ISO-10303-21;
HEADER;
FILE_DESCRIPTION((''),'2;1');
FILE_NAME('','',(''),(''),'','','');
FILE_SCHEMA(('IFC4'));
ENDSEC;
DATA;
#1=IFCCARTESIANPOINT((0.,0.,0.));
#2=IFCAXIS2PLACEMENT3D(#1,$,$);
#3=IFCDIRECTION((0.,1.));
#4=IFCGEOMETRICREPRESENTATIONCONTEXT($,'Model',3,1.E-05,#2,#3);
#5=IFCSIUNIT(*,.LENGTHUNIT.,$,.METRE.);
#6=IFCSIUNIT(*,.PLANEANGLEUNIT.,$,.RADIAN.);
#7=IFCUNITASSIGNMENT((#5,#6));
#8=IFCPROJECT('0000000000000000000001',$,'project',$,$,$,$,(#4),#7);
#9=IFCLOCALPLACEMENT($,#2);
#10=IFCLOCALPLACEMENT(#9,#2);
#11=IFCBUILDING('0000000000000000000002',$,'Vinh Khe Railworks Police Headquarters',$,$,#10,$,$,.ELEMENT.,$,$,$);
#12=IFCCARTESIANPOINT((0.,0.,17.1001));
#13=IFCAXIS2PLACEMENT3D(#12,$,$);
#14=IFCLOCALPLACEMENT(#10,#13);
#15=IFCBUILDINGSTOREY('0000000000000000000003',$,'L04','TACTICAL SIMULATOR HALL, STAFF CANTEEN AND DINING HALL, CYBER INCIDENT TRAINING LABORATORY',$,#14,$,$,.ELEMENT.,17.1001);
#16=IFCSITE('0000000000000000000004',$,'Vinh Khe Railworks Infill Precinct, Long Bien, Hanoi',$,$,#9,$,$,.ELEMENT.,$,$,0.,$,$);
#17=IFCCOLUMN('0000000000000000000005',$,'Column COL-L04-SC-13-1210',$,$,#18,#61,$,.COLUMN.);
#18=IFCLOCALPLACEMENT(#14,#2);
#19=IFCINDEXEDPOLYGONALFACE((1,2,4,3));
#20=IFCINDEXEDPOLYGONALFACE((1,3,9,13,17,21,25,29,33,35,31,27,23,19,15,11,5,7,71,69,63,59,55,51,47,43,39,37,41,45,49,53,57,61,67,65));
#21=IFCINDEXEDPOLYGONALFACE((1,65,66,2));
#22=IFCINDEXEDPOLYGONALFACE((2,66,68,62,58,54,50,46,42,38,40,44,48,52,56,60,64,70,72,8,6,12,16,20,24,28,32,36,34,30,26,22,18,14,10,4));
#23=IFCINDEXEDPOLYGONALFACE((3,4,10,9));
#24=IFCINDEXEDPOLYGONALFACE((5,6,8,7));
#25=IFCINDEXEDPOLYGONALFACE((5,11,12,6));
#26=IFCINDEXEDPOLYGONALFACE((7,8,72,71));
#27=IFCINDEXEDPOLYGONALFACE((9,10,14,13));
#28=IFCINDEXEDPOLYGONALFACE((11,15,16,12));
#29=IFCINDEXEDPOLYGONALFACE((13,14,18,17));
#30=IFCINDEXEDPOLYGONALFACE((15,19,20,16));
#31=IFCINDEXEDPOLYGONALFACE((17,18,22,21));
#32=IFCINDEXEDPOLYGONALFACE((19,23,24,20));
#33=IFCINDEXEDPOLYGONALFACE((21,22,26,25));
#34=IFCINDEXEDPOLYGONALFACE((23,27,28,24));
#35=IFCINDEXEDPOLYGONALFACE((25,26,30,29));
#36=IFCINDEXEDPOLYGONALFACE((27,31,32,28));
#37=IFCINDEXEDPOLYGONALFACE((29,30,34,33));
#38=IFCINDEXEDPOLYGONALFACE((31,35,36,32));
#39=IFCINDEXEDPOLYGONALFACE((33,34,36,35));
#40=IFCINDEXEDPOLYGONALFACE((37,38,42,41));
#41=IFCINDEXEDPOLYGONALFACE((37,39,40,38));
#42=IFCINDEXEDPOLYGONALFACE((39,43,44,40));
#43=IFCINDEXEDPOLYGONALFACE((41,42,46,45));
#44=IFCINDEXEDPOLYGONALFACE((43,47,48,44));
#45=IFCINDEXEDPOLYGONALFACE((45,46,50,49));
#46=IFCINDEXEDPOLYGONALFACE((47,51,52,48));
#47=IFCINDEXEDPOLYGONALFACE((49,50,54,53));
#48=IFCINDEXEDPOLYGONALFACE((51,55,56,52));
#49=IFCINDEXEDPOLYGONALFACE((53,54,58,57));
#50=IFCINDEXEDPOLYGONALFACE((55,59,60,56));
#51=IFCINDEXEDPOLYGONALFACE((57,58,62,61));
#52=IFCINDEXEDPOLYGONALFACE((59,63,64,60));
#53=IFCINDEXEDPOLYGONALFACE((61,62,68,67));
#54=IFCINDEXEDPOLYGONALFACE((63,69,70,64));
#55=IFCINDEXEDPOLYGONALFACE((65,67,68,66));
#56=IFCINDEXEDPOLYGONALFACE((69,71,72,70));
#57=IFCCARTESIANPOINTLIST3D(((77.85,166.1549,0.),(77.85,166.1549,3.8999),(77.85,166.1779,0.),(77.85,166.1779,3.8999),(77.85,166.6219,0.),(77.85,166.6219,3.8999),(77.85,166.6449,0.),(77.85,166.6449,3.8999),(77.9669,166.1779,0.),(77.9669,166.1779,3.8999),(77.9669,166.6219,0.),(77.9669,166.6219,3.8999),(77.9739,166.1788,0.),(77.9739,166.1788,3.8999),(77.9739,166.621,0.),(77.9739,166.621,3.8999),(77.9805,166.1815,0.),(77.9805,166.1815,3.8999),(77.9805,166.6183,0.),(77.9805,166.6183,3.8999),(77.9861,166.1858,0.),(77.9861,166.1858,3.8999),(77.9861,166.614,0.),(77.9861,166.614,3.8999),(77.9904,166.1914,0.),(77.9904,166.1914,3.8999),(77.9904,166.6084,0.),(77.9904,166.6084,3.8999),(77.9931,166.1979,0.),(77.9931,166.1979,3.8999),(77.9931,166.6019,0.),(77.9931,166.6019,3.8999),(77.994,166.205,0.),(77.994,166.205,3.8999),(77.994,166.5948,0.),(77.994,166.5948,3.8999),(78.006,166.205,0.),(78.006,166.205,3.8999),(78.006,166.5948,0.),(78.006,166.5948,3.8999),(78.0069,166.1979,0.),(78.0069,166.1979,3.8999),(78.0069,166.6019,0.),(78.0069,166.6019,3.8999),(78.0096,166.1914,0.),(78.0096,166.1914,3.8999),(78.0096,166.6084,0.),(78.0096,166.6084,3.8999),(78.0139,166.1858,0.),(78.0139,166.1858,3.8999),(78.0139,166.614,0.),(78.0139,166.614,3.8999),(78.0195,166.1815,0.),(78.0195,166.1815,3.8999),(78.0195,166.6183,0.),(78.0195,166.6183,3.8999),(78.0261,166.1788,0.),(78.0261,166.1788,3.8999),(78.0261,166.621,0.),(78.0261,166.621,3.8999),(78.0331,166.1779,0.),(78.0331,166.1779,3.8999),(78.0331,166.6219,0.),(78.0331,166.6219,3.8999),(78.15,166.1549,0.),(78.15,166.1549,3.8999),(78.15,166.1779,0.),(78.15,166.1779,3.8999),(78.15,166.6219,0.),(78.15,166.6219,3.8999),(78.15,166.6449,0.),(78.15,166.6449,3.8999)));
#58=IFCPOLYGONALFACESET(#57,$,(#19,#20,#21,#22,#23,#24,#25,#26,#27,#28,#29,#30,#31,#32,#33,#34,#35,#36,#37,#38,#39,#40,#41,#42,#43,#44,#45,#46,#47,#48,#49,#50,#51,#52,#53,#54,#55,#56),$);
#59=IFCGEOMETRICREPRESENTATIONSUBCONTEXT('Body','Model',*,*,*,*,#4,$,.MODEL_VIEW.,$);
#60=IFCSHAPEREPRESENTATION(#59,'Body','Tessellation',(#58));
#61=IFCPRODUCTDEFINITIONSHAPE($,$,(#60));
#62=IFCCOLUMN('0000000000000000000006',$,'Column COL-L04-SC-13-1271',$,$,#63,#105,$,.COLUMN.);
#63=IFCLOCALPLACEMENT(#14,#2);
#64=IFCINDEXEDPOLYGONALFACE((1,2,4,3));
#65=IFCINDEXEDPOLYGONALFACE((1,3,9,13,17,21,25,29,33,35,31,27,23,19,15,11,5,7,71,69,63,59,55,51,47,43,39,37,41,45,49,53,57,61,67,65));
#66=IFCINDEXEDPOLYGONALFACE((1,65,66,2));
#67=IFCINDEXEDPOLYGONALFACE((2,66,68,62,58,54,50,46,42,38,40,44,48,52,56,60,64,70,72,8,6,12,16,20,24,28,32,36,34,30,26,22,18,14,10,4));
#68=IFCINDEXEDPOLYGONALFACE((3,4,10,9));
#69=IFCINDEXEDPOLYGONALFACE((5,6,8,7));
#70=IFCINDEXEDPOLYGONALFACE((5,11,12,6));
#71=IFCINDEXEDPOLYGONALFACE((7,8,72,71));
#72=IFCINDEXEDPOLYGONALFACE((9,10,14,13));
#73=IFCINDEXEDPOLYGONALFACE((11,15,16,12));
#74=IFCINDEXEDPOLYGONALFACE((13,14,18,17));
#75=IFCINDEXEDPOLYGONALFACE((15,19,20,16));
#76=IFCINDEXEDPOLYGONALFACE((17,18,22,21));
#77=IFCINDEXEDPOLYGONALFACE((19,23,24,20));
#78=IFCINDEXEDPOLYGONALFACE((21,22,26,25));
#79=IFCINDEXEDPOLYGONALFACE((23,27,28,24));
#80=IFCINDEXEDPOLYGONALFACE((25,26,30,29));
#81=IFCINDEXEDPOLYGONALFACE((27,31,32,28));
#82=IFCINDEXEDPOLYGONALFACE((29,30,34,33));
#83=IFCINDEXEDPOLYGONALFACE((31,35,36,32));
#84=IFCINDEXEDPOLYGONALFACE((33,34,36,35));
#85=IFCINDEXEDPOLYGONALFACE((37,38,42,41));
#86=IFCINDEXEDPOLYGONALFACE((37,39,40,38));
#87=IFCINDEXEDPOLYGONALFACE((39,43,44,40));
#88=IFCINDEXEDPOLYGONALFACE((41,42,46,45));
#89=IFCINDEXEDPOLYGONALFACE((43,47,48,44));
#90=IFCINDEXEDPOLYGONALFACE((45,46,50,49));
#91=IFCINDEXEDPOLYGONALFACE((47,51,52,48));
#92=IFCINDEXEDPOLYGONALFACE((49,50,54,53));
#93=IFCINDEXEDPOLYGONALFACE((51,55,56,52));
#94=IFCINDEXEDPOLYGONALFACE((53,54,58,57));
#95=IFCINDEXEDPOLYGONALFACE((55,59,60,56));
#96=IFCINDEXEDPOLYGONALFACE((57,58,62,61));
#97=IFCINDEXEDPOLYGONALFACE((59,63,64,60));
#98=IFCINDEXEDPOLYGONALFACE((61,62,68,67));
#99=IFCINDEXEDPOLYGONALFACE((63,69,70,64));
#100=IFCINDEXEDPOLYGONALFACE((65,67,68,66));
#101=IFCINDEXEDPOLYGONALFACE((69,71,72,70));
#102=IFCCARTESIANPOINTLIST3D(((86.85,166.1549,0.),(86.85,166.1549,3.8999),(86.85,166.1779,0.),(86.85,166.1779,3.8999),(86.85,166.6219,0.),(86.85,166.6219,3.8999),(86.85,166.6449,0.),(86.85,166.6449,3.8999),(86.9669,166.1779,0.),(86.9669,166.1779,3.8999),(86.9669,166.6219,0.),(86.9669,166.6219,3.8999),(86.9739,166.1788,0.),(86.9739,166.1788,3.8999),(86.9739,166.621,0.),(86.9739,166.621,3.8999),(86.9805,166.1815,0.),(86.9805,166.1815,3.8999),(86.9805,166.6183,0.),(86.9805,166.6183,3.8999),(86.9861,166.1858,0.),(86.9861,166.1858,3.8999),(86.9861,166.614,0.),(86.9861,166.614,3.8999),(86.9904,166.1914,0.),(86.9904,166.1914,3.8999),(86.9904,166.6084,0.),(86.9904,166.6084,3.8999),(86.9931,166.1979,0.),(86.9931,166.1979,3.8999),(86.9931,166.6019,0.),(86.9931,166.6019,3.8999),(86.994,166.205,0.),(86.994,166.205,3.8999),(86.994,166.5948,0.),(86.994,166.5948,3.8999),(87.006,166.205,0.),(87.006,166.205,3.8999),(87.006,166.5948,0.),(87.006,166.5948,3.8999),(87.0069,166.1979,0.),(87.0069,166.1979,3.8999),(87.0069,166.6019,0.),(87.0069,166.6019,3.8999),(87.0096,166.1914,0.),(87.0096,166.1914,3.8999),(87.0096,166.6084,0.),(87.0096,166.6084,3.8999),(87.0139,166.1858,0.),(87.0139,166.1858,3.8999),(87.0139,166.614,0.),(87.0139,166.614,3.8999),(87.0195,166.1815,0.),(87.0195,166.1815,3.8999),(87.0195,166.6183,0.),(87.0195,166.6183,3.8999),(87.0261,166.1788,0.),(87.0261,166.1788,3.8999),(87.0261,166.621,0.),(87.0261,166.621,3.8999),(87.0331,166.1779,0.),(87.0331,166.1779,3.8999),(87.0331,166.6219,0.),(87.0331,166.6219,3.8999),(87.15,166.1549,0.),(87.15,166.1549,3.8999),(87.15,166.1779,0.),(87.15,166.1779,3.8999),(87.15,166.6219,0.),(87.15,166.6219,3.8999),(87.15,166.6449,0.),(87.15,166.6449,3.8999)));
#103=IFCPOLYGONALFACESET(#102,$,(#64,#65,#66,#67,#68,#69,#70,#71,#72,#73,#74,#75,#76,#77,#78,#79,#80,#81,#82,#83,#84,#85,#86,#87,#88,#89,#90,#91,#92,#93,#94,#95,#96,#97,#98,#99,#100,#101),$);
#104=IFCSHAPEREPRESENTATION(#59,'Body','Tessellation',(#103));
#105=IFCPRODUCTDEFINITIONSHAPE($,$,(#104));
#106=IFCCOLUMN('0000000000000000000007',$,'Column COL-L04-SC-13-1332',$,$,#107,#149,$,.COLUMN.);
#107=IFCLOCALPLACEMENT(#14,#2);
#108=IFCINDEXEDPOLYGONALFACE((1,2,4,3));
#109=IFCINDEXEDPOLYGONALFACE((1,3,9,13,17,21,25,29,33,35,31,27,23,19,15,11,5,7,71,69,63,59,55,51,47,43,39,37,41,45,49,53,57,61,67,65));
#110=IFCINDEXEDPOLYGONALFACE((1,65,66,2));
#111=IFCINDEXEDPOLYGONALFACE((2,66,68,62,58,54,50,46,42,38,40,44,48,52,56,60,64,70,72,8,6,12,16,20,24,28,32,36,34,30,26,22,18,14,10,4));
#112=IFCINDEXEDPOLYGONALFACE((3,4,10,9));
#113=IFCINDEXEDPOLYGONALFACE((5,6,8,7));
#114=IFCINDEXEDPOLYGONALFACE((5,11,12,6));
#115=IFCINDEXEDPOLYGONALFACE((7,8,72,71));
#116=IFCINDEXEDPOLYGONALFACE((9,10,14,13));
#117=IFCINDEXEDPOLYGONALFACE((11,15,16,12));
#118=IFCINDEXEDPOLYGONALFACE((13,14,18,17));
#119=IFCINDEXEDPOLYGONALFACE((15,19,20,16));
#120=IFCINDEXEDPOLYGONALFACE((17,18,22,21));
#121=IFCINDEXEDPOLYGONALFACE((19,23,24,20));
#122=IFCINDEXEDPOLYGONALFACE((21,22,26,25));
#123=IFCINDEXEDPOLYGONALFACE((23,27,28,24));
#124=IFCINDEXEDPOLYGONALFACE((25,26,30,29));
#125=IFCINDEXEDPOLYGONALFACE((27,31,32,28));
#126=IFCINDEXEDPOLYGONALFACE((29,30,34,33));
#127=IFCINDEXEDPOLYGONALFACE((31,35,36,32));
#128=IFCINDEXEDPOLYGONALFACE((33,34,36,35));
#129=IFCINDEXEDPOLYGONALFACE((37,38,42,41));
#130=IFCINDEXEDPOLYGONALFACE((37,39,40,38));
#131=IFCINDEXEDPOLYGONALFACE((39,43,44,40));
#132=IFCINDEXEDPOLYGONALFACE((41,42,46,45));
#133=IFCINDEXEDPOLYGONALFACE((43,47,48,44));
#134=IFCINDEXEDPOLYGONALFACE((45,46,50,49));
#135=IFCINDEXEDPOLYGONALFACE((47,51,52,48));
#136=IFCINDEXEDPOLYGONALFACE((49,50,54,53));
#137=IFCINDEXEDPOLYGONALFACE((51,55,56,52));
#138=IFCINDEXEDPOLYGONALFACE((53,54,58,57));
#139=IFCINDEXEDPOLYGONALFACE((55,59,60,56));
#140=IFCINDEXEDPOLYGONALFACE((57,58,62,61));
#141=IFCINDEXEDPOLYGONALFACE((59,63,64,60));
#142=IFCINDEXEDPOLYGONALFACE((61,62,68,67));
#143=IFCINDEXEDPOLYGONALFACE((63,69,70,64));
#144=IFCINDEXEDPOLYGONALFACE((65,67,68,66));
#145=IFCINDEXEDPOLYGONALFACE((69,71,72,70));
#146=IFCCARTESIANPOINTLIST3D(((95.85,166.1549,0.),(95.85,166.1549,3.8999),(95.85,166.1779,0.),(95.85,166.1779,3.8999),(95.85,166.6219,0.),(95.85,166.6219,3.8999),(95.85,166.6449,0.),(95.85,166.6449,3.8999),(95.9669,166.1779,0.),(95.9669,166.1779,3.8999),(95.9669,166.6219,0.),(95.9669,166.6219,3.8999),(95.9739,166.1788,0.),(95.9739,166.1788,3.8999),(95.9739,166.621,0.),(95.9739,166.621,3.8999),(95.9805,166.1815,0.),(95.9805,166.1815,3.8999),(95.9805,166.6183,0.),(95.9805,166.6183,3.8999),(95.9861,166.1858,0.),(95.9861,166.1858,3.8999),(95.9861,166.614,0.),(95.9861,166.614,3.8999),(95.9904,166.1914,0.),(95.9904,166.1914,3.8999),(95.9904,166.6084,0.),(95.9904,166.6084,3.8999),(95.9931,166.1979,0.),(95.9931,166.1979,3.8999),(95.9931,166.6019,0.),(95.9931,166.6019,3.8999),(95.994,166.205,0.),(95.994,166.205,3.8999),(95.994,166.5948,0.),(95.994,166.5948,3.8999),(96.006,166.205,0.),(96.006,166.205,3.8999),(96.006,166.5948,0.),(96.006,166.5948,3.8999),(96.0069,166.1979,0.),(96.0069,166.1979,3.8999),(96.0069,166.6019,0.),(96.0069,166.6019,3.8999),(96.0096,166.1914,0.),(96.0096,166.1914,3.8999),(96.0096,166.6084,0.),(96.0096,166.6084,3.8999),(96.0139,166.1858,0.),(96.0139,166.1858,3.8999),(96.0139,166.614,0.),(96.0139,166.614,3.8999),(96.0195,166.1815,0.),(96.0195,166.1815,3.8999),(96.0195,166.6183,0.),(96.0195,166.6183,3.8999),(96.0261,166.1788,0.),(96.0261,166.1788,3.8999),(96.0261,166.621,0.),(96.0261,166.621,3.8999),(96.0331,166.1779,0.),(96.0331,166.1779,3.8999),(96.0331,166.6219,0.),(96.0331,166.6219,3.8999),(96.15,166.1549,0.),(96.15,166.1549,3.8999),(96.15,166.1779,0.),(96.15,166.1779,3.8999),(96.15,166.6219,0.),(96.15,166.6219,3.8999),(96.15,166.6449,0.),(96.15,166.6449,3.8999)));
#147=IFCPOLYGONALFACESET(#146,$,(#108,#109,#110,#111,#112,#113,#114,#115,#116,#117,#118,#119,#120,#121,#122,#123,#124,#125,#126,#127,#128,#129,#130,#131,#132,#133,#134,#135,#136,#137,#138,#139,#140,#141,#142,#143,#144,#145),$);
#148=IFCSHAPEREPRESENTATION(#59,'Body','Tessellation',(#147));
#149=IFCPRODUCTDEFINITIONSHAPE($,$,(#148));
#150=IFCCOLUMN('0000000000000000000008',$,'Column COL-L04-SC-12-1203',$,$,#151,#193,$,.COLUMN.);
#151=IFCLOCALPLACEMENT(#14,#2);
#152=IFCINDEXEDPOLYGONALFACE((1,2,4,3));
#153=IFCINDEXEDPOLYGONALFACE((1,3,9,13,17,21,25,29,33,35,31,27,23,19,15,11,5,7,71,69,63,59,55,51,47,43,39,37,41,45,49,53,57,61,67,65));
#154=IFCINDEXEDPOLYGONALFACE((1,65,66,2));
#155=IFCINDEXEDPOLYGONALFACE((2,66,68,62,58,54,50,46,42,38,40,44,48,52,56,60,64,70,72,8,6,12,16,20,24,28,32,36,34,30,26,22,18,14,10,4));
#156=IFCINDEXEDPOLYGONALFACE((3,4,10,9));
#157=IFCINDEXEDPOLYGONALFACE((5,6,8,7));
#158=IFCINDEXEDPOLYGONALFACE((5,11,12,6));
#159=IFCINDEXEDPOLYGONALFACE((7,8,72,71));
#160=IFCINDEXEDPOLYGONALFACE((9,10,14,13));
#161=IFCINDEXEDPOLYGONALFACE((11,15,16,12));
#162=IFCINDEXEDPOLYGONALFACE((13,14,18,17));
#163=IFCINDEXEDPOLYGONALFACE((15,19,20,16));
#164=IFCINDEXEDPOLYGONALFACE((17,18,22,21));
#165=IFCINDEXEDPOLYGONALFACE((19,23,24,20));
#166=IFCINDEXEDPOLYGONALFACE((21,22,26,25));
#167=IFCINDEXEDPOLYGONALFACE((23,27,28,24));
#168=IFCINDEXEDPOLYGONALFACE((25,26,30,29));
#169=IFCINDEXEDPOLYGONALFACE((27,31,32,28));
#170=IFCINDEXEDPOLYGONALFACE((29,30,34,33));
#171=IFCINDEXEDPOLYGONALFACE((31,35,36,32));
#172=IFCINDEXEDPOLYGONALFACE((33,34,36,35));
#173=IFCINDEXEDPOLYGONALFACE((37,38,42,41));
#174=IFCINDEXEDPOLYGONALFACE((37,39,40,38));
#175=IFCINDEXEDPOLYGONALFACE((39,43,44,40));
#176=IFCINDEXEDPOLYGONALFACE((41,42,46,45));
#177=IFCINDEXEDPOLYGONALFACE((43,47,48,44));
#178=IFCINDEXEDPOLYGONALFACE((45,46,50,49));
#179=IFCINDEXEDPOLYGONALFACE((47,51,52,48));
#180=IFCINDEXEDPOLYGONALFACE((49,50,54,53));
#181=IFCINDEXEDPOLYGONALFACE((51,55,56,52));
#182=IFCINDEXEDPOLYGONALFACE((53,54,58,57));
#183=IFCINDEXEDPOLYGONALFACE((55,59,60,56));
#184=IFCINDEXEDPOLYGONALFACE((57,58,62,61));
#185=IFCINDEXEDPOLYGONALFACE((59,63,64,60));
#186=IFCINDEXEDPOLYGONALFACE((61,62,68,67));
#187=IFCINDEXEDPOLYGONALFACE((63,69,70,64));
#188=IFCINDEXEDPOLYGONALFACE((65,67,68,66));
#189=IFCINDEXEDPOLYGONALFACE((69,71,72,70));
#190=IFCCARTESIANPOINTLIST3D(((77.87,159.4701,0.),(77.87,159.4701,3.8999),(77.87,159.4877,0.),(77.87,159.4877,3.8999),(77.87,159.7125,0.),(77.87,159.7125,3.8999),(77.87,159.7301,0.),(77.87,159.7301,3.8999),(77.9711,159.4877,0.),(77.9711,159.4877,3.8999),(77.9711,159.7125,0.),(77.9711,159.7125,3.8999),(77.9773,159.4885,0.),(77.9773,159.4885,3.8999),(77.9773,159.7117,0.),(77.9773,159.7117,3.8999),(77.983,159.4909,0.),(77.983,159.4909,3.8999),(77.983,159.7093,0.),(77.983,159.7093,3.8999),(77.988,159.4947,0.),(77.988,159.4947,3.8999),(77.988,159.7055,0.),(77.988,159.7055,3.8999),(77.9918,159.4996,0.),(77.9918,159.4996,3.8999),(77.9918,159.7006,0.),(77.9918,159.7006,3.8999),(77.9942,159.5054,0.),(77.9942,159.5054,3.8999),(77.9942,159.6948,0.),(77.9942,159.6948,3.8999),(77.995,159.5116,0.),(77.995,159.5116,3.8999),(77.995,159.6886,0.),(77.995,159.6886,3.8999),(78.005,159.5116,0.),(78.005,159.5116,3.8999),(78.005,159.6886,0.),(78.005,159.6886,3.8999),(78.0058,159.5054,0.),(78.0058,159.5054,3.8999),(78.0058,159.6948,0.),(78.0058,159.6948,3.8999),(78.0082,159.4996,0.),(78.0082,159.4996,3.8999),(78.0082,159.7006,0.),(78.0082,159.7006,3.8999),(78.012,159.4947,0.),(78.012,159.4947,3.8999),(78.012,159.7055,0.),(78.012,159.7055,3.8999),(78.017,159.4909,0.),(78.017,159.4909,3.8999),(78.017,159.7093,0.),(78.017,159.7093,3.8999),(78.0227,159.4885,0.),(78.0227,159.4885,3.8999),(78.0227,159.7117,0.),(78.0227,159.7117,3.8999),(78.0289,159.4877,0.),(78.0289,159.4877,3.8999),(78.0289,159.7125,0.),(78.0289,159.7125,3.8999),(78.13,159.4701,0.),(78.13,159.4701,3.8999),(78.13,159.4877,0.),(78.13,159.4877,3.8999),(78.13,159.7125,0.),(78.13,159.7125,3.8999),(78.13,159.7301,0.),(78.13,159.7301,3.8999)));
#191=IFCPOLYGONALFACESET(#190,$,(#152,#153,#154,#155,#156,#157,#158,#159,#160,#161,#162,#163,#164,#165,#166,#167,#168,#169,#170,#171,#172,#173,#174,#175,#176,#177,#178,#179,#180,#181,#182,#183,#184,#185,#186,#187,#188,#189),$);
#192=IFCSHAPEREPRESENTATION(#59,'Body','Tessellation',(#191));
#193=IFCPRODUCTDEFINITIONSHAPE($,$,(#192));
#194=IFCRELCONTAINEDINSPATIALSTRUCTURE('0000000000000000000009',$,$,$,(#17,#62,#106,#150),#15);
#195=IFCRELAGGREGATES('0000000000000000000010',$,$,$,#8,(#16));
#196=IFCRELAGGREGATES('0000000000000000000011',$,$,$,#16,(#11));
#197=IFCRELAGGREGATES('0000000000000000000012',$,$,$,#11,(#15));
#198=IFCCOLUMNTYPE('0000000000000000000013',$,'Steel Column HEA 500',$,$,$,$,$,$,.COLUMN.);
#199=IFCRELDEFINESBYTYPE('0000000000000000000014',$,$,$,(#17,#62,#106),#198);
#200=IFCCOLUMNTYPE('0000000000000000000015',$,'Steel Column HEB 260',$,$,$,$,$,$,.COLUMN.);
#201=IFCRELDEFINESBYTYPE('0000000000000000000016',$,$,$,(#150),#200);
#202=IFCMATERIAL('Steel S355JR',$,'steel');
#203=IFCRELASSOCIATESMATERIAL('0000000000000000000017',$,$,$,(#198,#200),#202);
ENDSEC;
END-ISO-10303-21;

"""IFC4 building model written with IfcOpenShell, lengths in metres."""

from ifc_helpers import new_model, si_unit, direction, frame, origin, origin_2d, place, context, subcontext, project, spatial, i_section, extrude, material, material_profile, profile_set, type_object, element, save


model = new_model("IFC4")

# Units and contexts
model_context = context("Model", 3, precision=1e-05, world=origin(), true_north=direction((0.0, 1.0)))
body_context = subcontext(model_context, "Body", "Model", "MODEL_VIEW")
ifc_project = project(units=[si_unit("LENGTHUNIT", "METRE"), si_unit("PLANEANGLEUNIT", "RADIAN")], contexts=[model_context])

# Site, building, storey
site_placement = place(None, origin())
site = spatial("IfcSite", under=ifc_project, at=site_placement, Name="Vinh Khe Railworks Infill Precinct, Long Bien, Hanoi", CompositionType="ELEMENT", RefElevation=0.0)
building_placement = place(site_placement, origin())
building = spatial("IfcBuilding", under=site, at=building_placement, Name="Vinh Khe Railworks Police Headquarters", CompositionType="ELEMENT")
storey_placement = place(building_placement, frame((0.0, 0.0, 17.1001)))
storey = spatial("IfcBuildingStorey", under=building, at=storey_placement, Name="L04", Description="TACTICAL SIMULATOR HALL, STAFF CANTEEN AND DINING HALL, CYBER INCIDENT TRAINING LABORATORY", CompositionType="ELEMENT", Elevation=17.1001)

# Columns
ifc_material_1 = material(Name="Steel S355JR", Category="steel")
ifc_material_profile_1 = material_profile(ifc_material_1, i_section(OverallWidth=0.3, OverallDepth=0.49, WebThickness=0.012, FlangeThickness=0.0229, FilletRadius=0.0271, at=origin_2d()), Name="HEA 500")
ifc_profile_set_1 = profile_set([ifc_material_profile_1], Name="Steel S355JR")
column_type_1 = type_object("IfcColumnType", Name="Steel Column HEA 500", PredefinedType="COLUMN", material=ifc_profile_set_1)
for number, where, z_axis, x_axis, name in (
    (1, (78.0, 166.3999, 0.0), (0.0, 0.0, 1.0), (1.0, 0.0, 0.0), "Column COL-L04-SC-13-1210"),
    (2, (87.0, 166.3999, 0.0), (0.0, 0.0, 1.0), (1.0, 0.0, 0.0), "Column COL-L04-SC-13-1271"),
    (3, (96.0, 166.3999, 0.0), (0.0, 0.0, 1.0), (1.0, 0.0, 0.0), "Column COL-L04-SC-13-1332"),
):
    element("IfcColumn", number, at=place(storey_placement, frame(where, z_axis=z_axis, x_axis=x_axis)), inside=storey, type_object=column_type_1, Name=name, PredefinedType="COLUMN", context=body_context, shape_type="SweptSolid", body=[
        extrude(i_section(OverallWidth=0.3, OverallDepth=0.49, WebThickness=0.012, FlangeThickness=0.0229, FilletRadius=0.0271, at=origin_2d()), origin(), (0.0, 0.0, 1.0), 3.8999),
    ])
ifc_material_profile_2 = material_profile(ifc_material_1, i_section(OverallWidth=0.26, OverallDepth=0.26, WebThickness=0.01, FlangeThickness=0.0176, FilletRadius=0.0239, at=origin_2d()), Name="HEB 260")
ifc_profile_set_2 = profile_set([ifc_material_profile_2], Name="Steel S355JR")
column_type_2 = type_object("IfcColumnType", Name="Steel Column HEB 260", PredefinedType="COLUMN", material=ifc_profile_set_2)
for number, where, z_axis, x_axis, name in (
    (4, (78.0, 159.6001, 0.0), (0.0, 0.0, 1.0), (1.0, 0.0, 0.0), "Column COL-L04-SC-12-1203"),
):
    element("IfcColumn", number, at=place(storey_placement, frame(where, z_axis=z_axis, x_axis=x_axis)), inside=storey, type_object=column_type_2, Name=name, PredefinedType="COLUMN", context=body_context, shape_type="SweptSolid", body=[
        extrude(i_section(OverallWidth=0.26, OverallDepth=0.26, WebThickness=0.01, FlangeThickness=0.0176, FilletRadius=0.0239, at=origin_2d()), origin(), (0.0, 0.0, 1.0), 3.8999),
    ])

save(model, "model.ifc")
